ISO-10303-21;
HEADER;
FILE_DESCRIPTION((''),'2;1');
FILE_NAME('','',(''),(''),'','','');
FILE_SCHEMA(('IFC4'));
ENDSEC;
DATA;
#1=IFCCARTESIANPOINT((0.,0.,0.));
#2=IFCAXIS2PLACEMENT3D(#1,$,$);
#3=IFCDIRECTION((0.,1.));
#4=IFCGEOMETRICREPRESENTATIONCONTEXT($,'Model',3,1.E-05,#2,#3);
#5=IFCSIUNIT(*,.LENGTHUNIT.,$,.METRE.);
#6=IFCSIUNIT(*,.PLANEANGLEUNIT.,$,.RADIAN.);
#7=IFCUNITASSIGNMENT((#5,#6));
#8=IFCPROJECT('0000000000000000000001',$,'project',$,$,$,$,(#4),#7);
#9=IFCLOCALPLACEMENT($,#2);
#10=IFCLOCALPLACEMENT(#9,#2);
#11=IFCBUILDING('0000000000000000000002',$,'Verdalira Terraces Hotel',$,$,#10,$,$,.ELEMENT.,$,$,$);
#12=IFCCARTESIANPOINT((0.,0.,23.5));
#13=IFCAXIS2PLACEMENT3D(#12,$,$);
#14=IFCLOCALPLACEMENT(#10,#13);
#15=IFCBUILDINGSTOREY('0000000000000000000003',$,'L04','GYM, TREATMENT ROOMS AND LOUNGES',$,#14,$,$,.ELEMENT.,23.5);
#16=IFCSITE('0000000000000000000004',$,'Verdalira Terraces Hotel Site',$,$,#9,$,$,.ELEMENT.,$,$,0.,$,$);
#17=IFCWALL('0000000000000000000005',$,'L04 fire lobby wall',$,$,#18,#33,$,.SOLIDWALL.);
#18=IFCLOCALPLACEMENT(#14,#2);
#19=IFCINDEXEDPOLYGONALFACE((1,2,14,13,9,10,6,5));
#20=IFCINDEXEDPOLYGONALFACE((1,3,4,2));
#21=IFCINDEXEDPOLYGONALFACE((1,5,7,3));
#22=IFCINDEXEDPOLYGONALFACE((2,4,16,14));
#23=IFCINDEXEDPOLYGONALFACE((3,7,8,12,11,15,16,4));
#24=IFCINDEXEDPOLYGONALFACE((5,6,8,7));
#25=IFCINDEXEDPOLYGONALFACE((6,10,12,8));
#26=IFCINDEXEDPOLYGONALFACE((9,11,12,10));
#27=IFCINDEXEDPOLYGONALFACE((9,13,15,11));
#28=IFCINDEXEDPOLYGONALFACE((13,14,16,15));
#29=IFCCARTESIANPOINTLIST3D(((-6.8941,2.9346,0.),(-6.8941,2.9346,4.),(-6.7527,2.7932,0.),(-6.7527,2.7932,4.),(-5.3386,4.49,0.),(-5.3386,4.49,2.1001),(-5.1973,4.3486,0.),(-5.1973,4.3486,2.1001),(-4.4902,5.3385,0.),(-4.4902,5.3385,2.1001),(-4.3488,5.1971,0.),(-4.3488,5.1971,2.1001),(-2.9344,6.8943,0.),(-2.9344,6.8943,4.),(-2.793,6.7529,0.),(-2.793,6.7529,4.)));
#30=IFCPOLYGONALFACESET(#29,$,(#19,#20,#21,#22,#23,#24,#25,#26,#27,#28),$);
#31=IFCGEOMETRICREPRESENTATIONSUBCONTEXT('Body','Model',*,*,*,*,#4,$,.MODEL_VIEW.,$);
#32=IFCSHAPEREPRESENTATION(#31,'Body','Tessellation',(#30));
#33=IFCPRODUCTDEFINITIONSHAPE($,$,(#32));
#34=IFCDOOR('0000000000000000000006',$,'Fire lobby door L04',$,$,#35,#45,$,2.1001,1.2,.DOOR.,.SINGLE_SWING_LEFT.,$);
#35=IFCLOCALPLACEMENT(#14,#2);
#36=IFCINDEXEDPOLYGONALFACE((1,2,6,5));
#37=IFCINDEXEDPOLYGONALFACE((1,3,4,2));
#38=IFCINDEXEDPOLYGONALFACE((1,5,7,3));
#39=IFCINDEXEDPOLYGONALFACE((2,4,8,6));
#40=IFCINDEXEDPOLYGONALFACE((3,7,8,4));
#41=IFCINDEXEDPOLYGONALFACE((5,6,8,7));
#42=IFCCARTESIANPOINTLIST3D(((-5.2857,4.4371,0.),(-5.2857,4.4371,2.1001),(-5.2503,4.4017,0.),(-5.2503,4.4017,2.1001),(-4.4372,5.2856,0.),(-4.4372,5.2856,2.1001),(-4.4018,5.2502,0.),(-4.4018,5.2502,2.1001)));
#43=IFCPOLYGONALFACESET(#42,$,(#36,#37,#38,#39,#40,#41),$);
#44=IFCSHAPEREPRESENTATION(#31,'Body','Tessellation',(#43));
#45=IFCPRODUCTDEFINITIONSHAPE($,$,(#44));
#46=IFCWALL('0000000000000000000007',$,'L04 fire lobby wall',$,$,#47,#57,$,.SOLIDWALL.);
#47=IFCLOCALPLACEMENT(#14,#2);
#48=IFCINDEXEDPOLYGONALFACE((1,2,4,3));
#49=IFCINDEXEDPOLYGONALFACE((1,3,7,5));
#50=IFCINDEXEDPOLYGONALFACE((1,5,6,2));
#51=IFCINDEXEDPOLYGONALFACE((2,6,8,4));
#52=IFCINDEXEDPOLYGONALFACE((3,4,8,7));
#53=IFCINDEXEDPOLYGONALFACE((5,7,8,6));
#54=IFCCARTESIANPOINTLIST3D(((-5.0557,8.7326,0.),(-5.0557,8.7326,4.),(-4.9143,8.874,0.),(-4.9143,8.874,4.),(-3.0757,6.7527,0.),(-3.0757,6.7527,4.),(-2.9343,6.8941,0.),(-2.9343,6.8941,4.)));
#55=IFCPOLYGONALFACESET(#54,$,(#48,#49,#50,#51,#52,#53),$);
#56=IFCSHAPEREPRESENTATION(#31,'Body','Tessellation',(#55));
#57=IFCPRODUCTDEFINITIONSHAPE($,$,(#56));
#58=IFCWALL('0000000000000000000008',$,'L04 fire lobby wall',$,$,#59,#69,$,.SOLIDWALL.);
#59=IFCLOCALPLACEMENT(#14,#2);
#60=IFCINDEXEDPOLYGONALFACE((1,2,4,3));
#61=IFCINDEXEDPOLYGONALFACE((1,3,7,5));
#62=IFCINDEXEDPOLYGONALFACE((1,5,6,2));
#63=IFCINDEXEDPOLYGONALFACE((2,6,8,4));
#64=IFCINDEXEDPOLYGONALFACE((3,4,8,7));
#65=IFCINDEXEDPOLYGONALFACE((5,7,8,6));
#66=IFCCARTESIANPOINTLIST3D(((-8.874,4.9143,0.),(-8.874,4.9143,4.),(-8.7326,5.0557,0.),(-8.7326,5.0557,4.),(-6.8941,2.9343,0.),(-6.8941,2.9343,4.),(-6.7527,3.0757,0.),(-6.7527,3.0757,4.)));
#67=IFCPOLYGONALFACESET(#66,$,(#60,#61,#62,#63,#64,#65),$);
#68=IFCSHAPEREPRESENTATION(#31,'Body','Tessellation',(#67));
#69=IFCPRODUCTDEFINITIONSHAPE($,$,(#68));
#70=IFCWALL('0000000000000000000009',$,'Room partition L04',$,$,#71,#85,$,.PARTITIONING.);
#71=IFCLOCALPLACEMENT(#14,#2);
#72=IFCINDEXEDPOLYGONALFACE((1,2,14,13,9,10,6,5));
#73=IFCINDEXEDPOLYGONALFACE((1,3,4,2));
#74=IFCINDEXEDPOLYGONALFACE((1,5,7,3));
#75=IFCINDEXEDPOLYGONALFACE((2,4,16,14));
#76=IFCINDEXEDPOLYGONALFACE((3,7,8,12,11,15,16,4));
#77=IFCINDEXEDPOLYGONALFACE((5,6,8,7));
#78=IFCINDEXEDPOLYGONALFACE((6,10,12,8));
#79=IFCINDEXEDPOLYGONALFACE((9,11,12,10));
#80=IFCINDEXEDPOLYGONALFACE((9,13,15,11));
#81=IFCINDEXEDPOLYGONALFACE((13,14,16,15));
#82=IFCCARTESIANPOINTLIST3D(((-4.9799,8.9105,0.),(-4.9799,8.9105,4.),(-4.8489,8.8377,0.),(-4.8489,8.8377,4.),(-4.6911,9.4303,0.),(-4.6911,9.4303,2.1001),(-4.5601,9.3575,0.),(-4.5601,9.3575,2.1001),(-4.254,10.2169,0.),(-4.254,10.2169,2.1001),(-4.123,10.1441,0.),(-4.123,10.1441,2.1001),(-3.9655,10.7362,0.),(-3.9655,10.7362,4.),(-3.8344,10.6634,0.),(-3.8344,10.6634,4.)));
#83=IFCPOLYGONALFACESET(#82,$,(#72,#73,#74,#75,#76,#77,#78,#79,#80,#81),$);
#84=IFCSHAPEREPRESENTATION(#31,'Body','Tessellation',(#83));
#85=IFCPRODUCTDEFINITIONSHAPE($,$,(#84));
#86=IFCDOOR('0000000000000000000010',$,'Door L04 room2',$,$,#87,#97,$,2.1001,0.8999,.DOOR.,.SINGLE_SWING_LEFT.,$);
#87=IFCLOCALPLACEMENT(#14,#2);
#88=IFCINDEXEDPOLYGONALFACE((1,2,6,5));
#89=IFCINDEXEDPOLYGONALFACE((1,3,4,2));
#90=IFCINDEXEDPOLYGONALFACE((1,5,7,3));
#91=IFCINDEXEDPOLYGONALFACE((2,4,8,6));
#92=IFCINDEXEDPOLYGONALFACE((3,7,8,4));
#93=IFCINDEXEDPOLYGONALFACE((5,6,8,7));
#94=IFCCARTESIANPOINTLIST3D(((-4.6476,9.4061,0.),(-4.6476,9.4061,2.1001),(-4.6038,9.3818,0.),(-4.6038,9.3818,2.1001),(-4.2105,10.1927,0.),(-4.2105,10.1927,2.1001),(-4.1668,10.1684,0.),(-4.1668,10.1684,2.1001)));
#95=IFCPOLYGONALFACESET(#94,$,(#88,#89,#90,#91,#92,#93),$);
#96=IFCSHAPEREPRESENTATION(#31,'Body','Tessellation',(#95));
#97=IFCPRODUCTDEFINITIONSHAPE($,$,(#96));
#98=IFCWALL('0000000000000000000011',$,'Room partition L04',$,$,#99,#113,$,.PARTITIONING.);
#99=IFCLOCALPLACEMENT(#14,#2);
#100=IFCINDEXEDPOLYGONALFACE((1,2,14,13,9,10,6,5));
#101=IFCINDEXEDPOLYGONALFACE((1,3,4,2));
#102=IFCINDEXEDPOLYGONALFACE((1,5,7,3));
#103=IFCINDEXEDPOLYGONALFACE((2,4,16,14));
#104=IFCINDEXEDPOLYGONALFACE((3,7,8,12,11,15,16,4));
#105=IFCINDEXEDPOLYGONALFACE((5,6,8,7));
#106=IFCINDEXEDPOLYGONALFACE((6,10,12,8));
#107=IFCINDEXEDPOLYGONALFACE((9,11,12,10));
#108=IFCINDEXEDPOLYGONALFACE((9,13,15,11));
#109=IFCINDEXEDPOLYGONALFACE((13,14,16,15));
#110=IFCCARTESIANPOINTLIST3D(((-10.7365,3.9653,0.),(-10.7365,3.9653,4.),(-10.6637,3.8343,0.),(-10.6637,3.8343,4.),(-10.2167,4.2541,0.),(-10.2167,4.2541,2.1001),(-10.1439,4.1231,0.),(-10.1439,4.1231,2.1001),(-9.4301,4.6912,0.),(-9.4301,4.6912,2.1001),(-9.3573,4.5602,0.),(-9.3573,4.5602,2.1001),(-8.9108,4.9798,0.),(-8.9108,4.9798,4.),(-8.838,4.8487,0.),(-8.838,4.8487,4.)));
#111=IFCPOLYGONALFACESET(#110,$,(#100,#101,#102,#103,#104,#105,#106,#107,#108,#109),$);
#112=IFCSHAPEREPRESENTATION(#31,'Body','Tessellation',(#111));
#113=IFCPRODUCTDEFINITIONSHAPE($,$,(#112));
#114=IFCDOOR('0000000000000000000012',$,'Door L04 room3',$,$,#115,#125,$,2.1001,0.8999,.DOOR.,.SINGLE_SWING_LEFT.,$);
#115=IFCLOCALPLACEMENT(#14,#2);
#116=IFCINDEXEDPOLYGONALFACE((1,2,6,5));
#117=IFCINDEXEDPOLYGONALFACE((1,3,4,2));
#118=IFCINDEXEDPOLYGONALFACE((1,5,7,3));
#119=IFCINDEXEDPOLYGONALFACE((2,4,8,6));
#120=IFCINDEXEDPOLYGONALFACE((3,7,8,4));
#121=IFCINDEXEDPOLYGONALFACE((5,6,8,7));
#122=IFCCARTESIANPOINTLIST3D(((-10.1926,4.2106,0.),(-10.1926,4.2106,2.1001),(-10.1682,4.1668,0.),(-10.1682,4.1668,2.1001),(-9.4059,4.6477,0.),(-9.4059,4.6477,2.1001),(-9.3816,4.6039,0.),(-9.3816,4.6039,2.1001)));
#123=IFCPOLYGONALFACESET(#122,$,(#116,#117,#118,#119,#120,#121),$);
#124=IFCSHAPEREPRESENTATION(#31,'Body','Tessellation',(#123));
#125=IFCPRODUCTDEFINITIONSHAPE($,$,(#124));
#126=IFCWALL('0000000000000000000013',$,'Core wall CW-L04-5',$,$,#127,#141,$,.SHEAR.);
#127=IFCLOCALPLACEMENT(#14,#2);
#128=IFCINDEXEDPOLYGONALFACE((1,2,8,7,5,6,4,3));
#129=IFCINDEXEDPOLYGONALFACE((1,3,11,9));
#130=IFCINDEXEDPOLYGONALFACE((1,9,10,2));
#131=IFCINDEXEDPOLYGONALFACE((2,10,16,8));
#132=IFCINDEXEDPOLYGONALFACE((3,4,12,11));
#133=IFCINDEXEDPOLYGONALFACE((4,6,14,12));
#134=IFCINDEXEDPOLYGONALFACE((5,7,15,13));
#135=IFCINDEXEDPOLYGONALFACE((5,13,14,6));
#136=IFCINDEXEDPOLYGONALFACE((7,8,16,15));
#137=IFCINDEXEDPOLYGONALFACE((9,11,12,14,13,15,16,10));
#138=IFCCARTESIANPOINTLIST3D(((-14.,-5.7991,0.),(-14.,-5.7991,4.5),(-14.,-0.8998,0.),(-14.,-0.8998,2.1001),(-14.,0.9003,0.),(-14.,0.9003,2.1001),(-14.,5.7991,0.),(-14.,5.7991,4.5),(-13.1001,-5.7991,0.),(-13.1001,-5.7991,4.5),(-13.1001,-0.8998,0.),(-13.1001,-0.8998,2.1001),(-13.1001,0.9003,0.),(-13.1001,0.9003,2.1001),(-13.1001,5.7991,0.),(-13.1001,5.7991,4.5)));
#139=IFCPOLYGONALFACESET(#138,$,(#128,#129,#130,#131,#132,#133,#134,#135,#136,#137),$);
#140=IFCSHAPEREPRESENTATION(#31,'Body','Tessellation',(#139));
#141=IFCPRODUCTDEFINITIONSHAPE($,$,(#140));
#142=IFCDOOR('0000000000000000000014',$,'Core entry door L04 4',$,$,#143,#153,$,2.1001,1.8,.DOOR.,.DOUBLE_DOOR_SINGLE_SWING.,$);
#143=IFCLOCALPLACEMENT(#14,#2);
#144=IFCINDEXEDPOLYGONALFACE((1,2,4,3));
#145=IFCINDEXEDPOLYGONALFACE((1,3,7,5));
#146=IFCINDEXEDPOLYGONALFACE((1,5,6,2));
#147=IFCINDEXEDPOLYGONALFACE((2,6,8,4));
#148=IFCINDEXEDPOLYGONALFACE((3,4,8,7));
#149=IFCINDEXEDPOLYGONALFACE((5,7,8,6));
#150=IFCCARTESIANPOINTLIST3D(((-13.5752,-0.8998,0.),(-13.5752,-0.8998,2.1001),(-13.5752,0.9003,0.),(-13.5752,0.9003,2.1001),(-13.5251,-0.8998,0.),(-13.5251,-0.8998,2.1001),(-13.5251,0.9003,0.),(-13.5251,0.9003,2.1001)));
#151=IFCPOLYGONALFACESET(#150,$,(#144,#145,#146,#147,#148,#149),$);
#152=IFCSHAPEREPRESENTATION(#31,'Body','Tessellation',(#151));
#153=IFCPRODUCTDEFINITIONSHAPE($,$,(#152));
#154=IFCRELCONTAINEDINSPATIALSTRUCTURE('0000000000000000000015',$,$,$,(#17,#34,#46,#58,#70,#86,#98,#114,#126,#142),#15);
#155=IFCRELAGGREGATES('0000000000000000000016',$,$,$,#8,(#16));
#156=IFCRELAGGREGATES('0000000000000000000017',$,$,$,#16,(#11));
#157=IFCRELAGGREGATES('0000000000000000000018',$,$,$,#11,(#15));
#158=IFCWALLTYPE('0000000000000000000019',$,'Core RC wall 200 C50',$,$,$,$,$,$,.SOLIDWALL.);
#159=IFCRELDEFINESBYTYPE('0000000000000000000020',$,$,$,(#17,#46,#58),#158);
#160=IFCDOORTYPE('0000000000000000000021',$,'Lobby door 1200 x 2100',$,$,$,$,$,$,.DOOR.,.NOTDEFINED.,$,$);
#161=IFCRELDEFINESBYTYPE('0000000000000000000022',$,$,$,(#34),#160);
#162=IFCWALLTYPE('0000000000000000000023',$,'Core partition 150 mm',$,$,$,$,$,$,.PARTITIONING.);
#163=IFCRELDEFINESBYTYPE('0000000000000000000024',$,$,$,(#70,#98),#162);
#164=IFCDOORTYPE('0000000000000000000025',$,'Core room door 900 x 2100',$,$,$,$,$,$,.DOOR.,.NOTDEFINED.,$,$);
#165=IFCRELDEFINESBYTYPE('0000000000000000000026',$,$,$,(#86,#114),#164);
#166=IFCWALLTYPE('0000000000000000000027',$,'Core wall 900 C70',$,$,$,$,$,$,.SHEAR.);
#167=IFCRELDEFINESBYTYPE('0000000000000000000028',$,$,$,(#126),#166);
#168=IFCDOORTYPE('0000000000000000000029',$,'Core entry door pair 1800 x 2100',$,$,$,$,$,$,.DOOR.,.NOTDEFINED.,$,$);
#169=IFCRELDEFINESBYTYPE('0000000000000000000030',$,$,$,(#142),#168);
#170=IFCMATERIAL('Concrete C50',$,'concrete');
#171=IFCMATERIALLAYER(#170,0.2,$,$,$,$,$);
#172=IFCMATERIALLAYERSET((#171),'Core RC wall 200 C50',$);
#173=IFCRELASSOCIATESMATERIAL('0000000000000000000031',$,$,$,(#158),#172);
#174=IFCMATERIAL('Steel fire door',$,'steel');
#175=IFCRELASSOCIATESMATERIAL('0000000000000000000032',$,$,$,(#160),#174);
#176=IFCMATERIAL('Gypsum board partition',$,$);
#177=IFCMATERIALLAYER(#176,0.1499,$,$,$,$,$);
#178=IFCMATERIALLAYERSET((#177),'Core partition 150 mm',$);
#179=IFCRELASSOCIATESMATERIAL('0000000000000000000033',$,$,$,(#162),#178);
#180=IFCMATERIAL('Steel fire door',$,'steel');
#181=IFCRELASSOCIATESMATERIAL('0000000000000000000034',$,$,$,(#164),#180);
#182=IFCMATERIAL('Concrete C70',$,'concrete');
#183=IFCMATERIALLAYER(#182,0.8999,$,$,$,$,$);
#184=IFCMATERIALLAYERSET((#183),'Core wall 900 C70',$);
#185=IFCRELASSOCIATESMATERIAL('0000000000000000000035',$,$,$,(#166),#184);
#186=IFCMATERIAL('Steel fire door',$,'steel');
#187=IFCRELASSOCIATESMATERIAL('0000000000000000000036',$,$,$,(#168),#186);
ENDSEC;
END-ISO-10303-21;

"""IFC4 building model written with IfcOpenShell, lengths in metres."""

from ifc_helpers import new_model, si_unit, direction, frame, frame_2d, origin, place, context, subcontext, project, spatial, rectangle, extrude, material, layer, layer_set, type_object, element, fill, save


model = new_model("IFC4")

# Units and contexts
model_context = context("Model", 3, precision=1e-05, world=origin(), true_north=direction((0.0, 1.0)))
body_context = subcontext(model_context, "Body", "Model", "MODEL_VIEW")
ifc_project = project(units=[si_unit("LENGTHUNIT", "METRE"), si_unit("PLANEANGLEUNIT", "RADIAN")], contexts=[model_context])

# Site, building, storey
site_placement = place(None, origin())
site = spatial("IfcSite", under=ifc_project, at=site_placement, Name="Verdalira Terraces Hotel Site", CompositionType="ELEMENT", RefElevation=0.0)
building_placement = place(site_placement, origin())
building = spatial("IfcBuilding", under=site, at=building_placement, Name="Verdalira Terraces Hotel", CompositionType="ELEMENT")
storey_placement = place(building_placement, frame((0.0, 0.0, 23.5)))
storey = spatial("IfcBuildingStorey", under=building, at=storey_placement, Name="L04", Description="GYM, TREATMENT ROOMS AND LOUNGES", CompositionType="ELEMENT", Elevation=23.5)

# Wall, opening, door
ifc_material_1 = material(Name="Concrete C50", Category="concrete")
ifc_layer_1 = layer(ifc_material_1, 0.2)
ifc_layer_set_1 = layer_set([ifc_layer_1], Name="Core RC wall 200 C50")
wall_type_1 = type_object("IfcWallType", Name="Core RC wall 200 C50", PredefinedType="SOLIDWALL", material=ifc_layer_set_1)
wall_1_placement = place(storey_placement, frame((-2.8638, 6.8235, 0.0), z_axis=(0.0, 0.0, 1.0), x_axis=(-0.707107, -0.707107, 0.0)))
wall_1 = element("IfcWall", 1, at=wall_1_placement, inside=storey, type_object=wall_type_1, Name="L04 fire lobby wall", PredefinedType="SOLIDWALL", context=body_context, shape_type="SweptSolid", body=[
    extrude(rectangle(XDim=5.5999, YDim=0.2, at=frame_2d((2.7998, 0.0))), origin(), (0.0, 0.0, 1.0), 4.0),
])
opening_1_placement = place(wall_1_placement, frame((2.2, 0.0, 0.0)))
opening_1 = element("IfcOpeningElement", 2, at=opening_1_placement, cuts=wall_1, PredefinedType="OPENING", context=body_context, shape_type="SweptSolid", body=[
    extrude(rectangle(XDim=1.2, YDim=2.1001, at=frame_2d((0.6001, 1.05))), frame((0.0, 0.1099, 0.0), z_axis=(0.0, -1.0, 0.0), x_axis=(1.0, 0.0, 0.0)), (0.0, 0.0, 1.0), 0.22),
])
ifc_material_2 = material(Name="Steel fire door", Category="steel")
door_type_1 = type_object("IfcDoorType", Name="Lobby door 1200 x 2100", OperationType="NOTDEFINED", PredefinedType="DOOR", material=ifc_material_2)
door_1_placement = place(opening_1_placement, origin())
door_1 = element("IfcDoor", 3, at=door_1_placement, inside=storey, type_object=door_type_1, Name="Fire lobby door L04", OperationType="SINGLE_SWING_LEFT", OverallHeight=2.1001, OverallWidth=1.2, PredefinedType="DOOR", context=body_context, shape_type="SweptSolid", body=[
    extrude(rectangle(XDim=1.2, YDim=2.1001, at=frame_2d((0.6001, 1.05))), frame((0.0, 0.0249, 0.0), z_axis=(0.0, -1.0, 0.0), x_axis=(1.0, 0.0, 0.0)), (0.0, 0.0, 1.0), 0.05),
])
fill(opening_1, door_1)

# Walls
for number, where, z_axis, x_axis, name in (
    (4, (-3.0051, 6.8235, 0.0), (0.0, 0.0, 1.0), (-0.707107, 0.707107, 0.0), "L04 fire lobby wall"),
    (5, (-6.8235, 3.0051, 0.0), (0.0, 0.0, 1.0), (-0.707107, 0.707107, 0.0), "L04 fire lobby wall"),
):
    element("IfcWall", number, at=place(storey_placement, frame(where, z_axis=z_axis, x_axis=x_axis)), inside=storey, type_object=wall_type_1, Name=name, PredefinedType="SOLIDWALL", context=body_context, shape_type="SweptSolid", body=[
        extrude(rectangle(XDim=2.8, YDim=0.2, at=frame_2d((1.3999, 0.0))), origin(), (0.0, 0.0, 1.0), 4.0),
    ])

# Walls, openings, doors
ifc_material_3 = material(Name="Gypsum board partition")
ifc_layer_2 = layer(ifc_material_3, 0.1499)
ifc_layer_set_2 = layer_set([ifc_layer_2], Name="Core partition 150 mm")
wall_type_2 = type_object("IfcWallType", Name="Core partition 150 mm", PredefinedType="PARTITIONING", material=ifc_layer_set_2)
wall_2_placement = place(storey_placement, frame((-3.8999, 10.7, 0.0), z_axis=(0.0, 0.0, 1.0), x_axis=(-0.485693, -0.87413, 0.0)))
wall_2 = element("IfcWall", 6, at=wall_2_placement, inside=storey, type_object=wall_type_2, Name="Room partition L04", PredefinedType="PARTITIONING", context=body_context, shape_type="SweptSolid", body=[
    extrude(rectangle(XDim=2.0886, YDim=0.1499, at=frame_2d((1.0444, 0.0))), origin(), (0.0, 0.0, 1.0), 4.0),
])
opening_2_placement = place(wall_2_placement, frame((0.5942, 0.0, 0.0)))
opening_2 = element("IfcOpeningElement", 7, at=opening_2_placement, cuts=wall_2, PredefinedType="OPENING", context=body_context, shape_type="SweptSolid", body=[
    extrude(rectangle(XDim=0.8999, YDim=2.1001, at=frame_2d((0.45, 1.05))), frame((0.0, 0.085, 0.0), z_axis=(0.0, -1.0, 0.0), x_axis=(1.0, 0.0, 0.0)), (0.0, 0.0, 1.0), 0.1699),
])
ifc_material_4 = material(Name="Steel fire door", Category="steel")
door_type_2 = type_object("IfcDoorType", Name="Core room door 900 x 2100", OperationType="NOTDEFINED", PredefinedType="DOOR", material=ifc_material_4)
door_2_placement = place(opening_2_placement, origin())
door_2 = element("IfcDoor", 8, at=door_2_placement, inside=storey, type_object=door_type_2, Name="Door L04 room2", OperationType="SINGLE_SWING_LEFT", OverallHeight=2.1001, OverallWidth=0.8999, PredefinedType="DOOR", context=body_context, shape_type="SweptSolid", body=[
    extrude(rectangle(XDim=0.8999, YDim=2.1001, at=frame_2d((0.45, 1.05))), frame((0.0, 0.0249, 0.0), z_axis=(0.0, -1.0, 0.0), x_axis=(1.0, 0.0, 0.0)), (0.0, 0.0, 1.0), 0.05),
])
fill(opening_2, door_2)
wall_3_placement = place(storey_placement, frame((-8.8743, 4.9143, 0.0), z_axis=(0.0, 0.0, 1.0), x_axis=(-0.87413, -0.485693, 0.0)))
wall_3 = element("IfcWall", 9, at=wall_3_placement, inside=storey, type_object=wall_type_2, Name="Room partition L04", PredefinedType="PARTITIONING", context=body_context, shape_type="SweptSolid", body=[
    extrude(rectangle(XDim=2.0886, YDim=0.1499, at=frame_2d((1.0444, 0.0))), origin(), (0.0, 0.0, 1.0), 4.0),
])
opening_3_placement = place(wall_3_placement, frame((0.5942, 0.0, 0.0)))
opening_3 = element("IfcOpeningElement", 10, at=opening_3_placement, cuts=wall_3, PredefinedType="OPENING", context=body_context, shape_type="SweptSolid", body=[
    extrude(rectangle(XDim=0.8999, YDim=2.1001, at=frame_2d((0.45, 1.05))), frame((0.0, 0.085, 0.0), z_axis=(0.0, -1.0, 0.0), x_axis=(1.0, 0.0, 0.0)), (0.0, 0.0, 1.0), 0.1699),
])
door_3_placement = place(opening_3_placement, origin())
door_3 = element("IfcDoor", 11, at=door_3_placement, inside=storey, type_object=door_type_2, Name="Door L04 room3", OperationType="SINGLE_SWING_LEFT", OverallHeight=2.1001, OverallWidth=0.8999, PredefinedType="DOOR", context=body_context, shape_type="SweptSolid", body=[
    extrude(rectangle(XDim=0.8999, YDim=2.1001, at=frame_2d((0.45, 1.05))), frame((0.0, 0.0249, 0.0), z_axis=(0.0, -1.0, 0.0), x_axis=(1.0, 0.0, 0.0)), (0.0, 0.0, 1.0), 0.05),
])
fill(opening_3, door_3)
ifc_material_5 = material(Name="Concrete C70", Category="concrete")
ifc_layer_3 = layer(ifc_material_5, 0.8999)
ifc_layer_set_3 = layer_set([ifc_layer_3], Name="Core wall 900 C70")
wall_type_3 = type_object("IfcWallType", Name="Core wall 900 C70", PredefinedType="SHEAR", material=ifc_layer_set_3)
wall_4_placement = place(storey_placement, frame((-13.55, 5.7991, 0.0), z_axis=(0.0, 0.0, 1.0), x_axis=(0.0, -1.0, 0.0)))
wall_4 = element("IfcWall", 12, at=wall_4_placement, inside=storey, type_object=wall_type_3, Name="Core wall CW-L04-5", PredefinedType="SHEAR", context=body_context, shape_type="SweptSolid", body=[
    extrude(rectangle(XDim=11.5981, YDim=0.8999, at=frame_2d((5.7991, 0.0))), origin(), (0.0, 0.0, 1.0), 4.5),
])
opening_4_placement = place(wall_4_placement, frame((4.8989, 0.0, 0.0)))
opening_4 = element("IfcOpeningElement", 13, at=opening_4_placement, cuts=wall_4, PredefinedType="OPENING", context=body_context, shape_type="SweptSolid", body=[
    extrude(rectangle(XDim=1.8, YDim=2.1001, at=frame_2d((0.8999, 1.05))), frame((0.0, 0.46, 0.0), z_axis=(0.0, -1.0, 0.0), x_axis=(1.0, 0.0, 0.0)), (0.0, 0.0, 1.0), 0.9199),
])
ifc_material_6 = material(Name="Steel fire door", Category="steel")
door_type_3 = type_object("IfcDoorType", Name="Core entry door pair 1800 x 2100", OperationType="NOTDEFINED", PredefinedType="DOOR", material=ifc_material_6)
door_4_placement = place(opening_4_placement, origin())
door_4 = element("IfcDoor", 14, at=door_4_placement, inside=storey, type_object=door_type_3, Name="Core entry door L04 4", OperationType="DOUBLE_DOOR_SINGLE_SWING", OverallHeight=2.1001, OverallWidth=1.8, PredefinedType="DOOR", context=body_context, shape_type="SweptSolid", body=[
    extrude(rectangle(XDim=1.8, YDim=2.1001, at=frame_2d((0.8999, 1.05))), frame((0.0, 0.0249, 0.0), z_axis=(0.0, -1.0, 0.0), x_axis=(1.0, 0.0, 0.0)), (0.0, 0.0, 1.0), 0.05),
])
fill(opening_4, door_4)

save(model, "model.ifc")
